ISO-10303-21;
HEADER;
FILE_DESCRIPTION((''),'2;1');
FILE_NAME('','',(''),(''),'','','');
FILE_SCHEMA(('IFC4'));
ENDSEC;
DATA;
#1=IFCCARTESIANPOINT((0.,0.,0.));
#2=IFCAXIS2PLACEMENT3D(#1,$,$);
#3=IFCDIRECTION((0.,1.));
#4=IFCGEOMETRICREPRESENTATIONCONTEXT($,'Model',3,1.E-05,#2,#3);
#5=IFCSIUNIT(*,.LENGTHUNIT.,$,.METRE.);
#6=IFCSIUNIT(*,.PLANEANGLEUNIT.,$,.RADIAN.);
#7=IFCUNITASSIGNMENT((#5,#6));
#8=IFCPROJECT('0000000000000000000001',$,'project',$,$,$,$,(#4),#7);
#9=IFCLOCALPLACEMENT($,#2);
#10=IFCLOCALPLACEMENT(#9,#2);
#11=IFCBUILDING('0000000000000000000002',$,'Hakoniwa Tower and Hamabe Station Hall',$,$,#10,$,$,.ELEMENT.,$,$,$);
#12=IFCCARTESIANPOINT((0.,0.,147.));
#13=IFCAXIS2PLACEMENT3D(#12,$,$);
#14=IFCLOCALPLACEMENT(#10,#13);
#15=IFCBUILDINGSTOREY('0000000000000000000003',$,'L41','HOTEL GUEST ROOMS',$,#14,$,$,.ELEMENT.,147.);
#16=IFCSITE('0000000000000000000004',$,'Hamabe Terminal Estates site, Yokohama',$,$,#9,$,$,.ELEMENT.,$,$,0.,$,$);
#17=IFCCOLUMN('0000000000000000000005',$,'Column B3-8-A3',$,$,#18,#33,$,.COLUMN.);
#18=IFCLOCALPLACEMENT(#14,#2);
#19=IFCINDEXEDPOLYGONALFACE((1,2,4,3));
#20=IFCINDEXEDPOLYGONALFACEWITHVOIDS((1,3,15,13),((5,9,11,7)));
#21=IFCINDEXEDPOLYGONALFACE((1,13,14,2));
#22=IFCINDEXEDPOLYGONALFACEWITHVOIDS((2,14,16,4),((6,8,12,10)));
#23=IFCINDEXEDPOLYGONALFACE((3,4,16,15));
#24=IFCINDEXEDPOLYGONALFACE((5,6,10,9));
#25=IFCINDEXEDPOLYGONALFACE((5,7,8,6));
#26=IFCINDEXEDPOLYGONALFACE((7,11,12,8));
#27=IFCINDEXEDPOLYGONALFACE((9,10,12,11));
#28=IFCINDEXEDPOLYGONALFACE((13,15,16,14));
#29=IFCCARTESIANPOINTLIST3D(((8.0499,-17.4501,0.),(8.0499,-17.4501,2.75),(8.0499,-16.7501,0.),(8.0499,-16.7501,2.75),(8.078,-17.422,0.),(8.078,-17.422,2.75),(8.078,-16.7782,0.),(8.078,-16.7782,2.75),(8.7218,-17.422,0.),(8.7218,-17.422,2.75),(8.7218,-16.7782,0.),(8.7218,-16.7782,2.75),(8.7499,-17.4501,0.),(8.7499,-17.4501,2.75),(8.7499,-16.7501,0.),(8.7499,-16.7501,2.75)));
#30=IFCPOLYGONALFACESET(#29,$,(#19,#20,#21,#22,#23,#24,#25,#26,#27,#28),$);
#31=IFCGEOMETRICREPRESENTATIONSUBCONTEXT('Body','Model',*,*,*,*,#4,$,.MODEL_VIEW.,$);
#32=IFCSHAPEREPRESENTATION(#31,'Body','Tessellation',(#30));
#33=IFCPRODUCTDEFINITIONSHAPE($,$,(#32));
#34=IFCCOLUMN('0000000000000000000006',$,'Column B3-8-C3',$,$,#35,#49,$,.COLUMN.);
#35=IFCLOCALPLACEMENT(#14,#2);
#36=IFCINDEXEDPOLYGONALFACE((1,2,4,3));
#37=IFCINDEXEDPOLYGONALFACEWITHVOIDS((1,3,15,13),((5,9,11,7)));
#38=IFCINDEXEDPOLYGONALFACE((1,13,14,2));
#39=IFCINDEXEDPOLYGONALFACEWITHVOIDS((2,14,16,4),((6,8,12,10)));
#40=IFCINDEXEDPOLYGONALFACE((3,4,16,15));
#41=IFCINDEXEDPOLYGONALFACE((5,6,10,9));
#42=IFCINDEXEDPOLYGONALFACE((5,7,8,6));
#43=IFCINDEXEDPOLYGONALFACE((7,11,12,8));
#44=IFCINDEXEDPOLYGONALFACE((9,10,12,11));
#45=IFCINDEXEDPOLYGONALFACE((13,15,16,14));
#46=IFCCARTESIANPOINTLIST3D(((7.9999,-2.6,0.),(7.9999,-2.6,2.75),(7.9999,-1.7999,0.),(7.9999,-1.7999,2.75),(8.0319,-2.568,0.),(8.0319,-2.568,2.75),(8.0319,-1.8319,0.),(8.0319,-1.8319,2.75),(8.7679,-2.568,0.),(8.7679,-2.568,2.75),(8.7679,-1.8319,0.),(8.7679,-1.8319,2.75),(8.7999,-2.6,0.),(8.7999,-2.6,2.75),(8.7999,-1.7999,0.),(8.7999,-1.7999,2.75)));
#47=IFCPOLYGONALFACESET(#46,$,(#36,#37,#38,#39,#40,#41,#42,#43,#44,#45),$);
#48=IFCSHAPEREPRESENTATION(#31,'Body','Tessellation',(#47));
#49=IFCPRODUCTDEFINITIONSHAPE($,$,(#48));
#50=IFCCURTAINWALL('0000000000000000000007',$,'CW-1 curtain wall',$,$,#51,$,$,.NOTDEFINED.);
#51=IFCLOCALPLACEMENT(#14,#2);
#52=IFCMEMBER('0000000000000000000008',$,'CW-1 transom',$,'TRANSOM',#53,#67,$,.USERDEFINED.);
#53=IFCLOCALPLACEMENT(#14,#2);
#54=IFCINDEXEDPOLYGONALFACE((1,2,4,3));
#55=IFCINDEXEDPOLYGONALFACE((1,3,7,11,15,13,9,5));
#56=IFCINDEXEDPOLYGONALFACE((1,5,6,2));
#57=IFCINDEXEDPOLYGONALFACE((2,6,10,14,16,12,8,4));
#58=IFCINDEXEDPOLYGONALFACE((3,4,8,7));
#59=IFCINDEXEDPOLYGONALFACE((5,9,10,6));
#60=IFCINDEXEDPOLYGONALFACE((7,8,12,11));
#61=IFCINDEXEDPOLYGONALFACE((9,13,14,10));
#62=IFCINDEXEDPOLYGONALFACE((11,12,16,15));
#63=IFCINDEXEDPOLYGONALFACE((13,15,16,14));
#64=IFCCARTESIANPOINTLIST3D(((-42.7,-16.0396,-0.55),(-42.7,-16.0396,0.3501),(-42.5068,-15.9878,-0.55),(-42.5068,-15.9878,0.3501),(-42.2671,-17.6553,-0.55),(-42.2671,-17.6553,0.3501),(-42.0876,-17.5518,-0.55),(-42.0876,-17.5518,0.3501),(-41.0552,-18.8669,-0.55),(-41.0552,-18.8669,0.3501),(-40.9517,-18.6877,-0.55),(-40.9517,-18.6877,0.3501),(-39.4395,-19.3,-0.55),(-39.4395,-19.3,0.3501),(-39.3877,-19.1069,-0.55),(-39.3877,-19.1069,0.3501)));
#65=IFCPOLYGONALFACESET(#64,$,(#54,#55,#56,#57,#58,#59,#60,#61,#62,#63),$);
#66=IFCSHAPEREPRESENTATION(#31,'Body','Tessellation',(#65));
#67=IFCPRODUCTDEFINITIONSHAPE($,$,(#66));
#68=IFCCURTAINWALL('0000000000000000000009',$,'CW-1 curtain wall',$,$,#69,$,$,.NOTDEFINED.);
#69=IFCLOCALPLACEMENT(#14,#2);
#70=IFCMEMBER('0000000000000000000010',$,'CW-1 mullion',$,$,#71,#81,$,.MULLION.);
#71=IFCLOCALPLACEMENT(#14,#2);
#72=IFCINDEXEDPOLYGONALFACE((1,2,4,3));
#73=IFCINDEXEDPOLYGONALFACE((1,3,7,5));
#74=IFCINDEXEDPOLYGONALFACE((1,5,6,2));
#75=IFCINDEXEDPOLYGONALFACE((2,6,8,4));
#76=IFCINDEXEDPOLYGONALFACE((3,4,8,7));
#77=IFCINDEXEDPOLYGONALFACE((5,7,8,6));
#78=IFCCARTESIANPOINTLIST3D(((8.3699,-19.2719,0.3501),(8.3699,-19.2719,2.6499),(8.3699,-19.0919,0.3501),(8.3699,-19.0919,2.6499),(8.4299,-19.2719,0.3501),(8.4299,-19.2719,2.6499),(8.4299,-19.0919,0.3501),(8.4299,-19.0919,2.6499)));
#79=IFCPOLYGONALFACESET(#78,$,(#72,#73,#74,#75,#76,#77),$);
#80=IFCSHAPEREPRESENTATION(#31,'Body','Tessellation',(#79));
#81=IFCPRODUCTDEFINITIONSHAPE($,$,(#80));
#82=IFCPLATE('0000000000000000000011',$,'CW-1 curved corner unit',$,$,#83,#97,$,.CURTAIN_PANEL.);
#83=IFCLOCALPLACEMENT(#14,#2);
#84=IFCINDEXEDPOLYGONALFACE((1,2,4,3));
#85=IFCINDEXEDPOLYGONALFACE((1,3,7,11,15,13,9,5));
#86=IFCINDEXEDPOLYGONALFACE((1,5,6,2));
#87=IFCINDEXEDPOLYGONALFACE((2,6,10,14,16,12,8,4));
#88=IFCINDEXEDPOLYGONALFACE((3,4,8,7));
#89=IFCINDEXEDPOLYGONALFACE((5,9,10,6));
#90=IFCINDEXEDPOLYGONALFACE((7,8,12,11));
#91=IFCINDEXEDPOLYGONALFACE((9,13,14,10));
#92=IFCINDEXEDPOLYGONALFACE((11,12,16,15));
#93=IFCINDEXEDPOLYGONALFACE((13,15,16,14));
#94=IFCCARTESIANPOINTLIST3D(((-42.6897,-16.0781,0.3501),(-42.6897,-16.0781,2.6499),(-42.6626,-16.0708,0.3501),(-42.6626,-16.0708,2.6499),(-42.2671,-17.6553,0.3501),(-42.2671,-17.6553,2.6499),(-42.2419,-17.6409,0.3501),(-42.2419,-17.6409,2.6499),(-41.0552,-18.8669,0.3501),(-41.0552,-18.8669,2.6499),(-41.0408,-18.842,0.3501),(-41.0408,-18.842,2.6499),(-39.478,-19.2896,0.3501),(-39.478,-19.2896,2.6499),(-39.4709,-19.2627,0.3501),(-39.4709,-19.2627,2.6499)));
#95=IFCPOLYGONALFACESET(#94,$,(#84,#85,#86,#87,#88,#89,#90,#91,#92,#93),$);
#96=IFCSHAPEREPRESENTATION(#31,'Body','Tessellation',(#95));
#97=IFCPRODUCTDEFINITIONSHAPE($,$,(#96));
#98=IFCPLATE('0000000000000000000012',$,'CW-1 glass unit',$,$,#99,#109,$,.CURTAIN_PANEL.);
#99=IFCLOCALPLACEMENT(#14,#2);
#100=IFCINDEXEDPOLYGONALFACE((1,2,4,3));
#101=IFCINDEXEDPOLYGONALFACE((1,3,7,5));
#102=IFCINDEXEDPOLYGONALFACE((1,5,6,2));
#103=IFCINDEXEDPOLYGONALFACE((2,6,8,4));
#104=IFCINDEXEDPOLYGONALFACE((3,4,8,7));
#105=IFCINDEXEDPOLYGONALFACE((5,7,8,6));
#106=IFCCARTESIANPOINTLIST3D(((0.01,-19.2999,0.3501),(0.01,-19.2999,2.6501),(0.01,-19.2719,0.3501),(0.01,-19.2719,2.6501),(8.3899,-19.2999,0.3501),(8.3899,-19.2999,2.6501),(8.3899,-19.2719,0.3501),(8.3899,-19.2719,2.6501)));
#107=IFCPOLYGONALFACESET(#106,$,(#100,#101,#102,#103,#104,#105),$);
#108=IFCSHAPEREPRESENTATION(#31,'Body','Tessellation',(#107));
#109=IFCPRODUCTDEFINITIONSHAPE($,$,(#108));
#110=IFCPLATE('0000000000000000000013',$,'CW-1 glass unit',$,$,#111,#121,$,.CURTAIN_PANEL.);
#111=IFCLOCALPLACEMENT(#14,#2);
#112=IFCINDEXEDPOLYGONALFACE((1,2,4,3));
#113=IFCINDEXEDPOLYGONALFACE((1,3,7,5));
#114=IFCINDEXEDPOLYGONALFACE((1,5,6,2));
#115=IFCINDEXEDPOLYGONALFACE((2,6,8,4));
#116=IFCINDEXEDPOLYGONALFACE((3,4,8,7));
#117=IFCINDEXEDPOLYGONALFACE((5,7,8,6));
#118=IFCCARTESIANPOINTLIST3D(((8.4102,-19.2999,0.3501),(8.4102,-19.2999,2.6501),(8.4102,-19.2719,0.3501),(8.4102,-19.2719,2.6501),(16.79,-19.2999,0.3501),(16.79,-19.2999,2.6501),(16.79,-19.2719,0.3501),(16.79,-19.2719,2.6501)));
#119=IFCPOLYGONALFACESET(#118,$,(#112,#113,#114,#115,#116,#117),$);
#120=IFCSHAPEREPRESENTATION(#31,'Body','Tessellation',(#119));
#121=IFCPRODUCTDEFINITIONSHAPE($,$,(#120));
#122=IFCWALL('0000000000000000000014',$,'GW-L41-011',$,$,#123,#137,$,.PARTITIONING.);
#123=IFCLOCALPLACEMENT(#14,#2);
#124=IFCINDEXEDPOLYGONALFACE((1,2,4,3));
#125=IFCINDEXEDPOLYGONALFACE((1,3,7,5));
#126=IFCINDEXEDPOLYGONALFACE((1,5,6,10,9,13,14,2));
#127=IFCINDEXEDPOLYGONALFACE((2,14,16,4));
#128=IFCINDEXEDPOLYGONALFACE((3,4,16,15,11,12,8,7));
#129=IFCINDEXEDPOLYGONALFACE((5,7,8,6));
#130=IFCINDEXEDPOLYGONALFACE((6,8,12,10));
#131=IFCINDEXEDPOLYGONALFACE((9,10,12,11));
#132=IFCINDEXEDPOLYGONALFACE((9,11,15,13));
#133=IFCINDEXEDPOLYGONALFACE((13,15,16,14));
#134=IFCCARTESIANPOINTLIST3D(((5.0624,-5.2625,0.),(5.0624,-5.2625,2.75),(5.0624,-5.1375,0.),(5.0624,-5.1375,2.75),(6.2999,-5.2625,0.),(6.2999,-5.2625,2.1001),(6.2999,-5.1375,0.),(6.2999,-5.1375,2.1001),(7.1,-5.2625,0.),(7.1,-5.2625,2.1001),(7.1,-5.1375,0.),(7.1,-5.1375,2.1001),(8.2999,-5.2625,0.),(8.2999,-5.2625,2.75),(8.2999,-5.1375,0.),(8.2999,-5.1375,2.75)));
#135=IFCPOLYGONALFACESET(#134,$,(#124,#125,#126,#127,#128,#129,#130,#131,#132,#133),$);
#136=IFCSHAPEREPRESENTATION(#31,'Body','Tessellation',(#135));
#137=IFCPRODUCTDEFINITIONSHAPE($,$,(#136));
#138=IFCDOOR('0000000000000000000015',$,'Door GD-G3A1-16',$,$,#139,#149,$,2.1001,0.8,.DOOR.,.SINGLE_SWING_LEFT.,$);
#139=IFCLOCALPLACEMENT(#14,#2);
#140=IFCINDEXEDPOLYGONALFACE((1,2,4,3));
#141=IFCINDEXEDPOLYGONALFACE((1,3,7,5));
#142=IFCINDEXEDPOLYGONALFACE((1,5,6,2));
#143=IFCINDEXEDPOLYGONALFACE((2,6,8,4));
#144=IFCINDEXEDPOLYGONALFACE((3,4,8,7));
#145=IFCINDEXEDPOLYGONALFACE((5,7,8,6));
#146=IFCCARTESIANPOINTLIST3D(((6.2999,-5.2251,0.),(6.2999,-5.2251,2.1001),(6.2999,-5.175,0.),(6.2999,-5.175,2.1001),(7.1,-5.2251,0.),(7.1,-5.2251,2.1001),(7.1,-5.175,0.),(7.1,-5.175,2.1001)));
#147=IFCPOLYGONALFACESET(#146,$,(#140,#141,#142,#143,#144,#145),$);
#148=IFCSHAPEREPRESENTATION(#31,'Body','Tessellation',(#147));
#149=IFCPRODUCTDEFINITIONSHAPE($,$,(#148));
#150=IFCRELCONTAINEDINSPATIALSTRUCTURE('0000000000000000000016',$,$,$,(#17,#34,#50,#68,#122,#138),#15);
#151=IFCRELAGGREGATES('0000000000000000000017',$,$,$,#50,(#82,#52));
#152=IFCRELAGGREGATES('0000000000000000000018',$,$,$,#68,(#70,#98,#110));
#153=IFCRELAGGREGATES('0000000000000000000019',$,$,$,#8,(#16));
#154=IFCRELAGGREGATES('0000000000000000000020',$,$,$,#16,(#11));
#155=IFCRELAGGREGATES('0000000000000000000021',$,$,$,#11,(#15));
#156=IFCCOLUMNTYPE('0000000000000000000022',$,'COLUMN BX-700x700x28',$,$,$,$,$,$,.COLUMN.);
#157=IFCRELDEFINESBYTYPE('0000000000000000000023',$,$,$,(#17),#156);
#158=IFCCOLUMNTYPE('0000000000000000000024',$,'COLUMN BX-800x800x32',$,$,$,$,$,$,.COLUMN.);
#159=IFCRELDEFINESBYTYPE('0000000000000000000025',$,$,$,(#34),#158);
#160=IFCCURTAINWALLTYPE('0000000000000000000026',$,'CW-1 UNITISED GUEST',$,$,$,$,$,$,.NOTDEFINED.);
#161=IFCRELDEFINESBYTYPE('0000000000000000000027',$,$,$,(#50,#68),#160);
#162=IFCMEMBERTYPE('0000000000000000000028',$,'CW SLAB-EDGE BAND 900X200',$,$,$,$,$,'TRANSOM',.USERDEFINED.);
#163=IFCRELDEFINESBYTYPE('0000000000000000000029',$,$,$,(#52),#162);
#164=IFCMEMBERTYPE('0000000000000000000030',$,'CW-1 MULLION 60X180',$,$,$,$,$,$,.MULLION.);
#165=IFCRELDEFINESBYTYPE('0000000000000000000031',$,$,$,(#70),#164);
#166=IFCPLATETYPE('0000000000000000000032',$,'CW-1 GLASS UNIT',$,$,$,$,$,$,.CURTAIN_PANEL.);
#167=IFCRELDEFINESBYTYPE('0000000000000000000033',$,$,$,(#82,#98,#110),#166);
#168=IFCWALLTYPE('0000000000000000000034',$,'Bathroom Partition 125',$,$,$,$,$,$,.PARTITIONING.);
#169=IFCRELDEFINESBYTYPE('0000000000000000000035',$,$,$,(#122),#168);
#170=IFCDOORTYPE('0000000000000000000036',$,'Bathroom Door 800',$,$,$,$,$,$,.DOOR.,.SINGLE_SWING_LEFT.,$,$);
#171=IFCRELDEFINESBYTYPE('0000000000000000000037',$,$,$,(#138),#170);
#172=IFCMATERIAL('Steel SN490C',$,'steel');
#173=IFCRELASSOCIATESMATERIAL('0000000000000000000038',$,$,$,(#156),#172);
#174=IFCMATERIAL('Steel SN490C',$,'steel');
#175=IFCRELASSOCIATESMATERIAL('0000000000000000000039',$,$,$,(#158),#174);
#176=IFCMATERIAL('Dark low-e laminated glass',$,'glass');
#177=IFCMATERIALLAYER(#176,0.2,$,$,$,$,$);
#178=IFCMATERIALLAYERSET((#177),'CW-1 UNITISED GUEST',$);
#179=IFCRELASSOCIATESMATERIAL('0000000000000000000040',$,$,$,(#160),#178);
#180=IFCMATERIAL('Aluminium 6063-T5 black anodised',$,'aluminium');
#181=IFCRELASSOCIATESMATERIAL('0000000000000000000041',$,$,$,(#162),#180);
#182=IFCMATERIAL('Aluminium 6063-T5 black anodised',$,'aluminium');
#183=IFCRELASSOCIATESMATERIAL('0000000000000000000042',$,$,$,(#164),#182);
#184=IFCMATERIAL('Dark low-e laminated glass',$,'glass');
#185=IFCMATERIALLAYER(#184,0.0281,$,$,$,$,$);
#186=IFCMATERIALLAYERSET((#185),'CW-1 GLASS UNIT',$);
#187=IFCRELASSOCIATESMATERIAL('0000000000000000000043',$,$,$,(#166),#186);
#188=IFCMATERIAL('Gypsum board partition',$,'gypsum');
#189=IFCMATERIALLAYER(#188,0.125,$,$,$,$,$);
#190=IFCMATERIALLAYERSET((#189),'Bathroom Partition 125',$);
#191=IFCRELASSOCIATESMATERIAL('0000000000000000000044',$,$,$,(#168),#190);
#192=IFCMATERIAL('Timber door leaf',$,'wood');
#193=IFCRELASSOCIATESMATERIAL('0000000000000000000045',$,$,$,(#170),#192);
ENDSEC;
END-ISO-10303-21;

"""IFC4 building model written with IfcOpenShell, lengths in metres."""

from ifc_helpers import new_model, si_unit, direction, frame, frame_2d, origin, origin_2d, place, context, subcontext, project, spatial, polyline, rectangle, hollow_rectangle, outline, extrude, material, layer, layer_set, material_profile, profile_set, type_object, element, fill, aggregate, save


model = new_model("IFC4")

# Units and contexts
model_context = context("Model", 3, precision=1e-05, world=origin(), true_north=direction((0.0, 1.0)))
body_context = subcontext(model_context, "Body", "Model", "MODEL_VIEW")
ifc_project = project(units=[si_unit("LENGTHUNIT", "METRE"), si_unit("PLANEANGLEUNIT", "RADIAN")], contexts=[model_context])

# Site, building, storey
site_placement = place(None, origin())
site = spatial("IfcSite", under=ifc_project, at=site_placement, Name="Hamabe Terminal Estates site, Yokohama", CompositionType="ELEMENT", RefElevation=0.0)
building_placement = place(site_placement, origin())
building = spatial("IfcBuilding", under=site, at=building_placement, Name="Hakoniwa Tower and Hamabe Station Hall", CompositionType="ELEMENT")
storey_placement = place(building_placement, frame((0.0, 0.0, 147.0)))
storey = spatial("IfcBuildingStorey", under=building, at=storey_placement, Name="L41", Description="HOTEL GUEST ROOMS", CompositionType="ELEMENT", Elevation=147.0)

# Columns
ifc_material_1 = material(Name="Steel SN490C", Category="steel")
ifc_material_profile_1 = material_profile(ifc_material_1, hollow_rectangle(XDim=0.7, YDim=0.7, WallThickness=0.0281, at=origin_2d()), Name="BX-700x700x28")
ifc_profile_set_1 = profile_set([ifc_material_profile_1], Name="Steel SN490C")
column_type_1 = type_object("IfcColumnType", Name="COLUMN BX-700x700x28", PredefinedType="COLUMN", material=ifc_profile_set_1)
column_1_placement = place(storey_placement, frame((8.3999, -17.1001, 0.0), z_axis=(0.0, 0.0, 1.0), x_axis=(1.0, 0.0, 0.0)))
element("IfcColumn", 1, at=column_1_placement, inside=storey, type_object=column_type_1, Name="Column B3-8-A3", PredefinedType="COLUMN", context=body_context, shape_type="SweptSolid", body=[
    extrude(hollow_rectangle(XDim=0.7, YDim=0.7, WallThickness=0.0281, at=origin_2d()), origin(), (0.0, 0.0, 1.0), 2.75),
])
ifc_material_2 = material(Name="Steel SN490C", Category="steel")
ifc_material_profile_2 = material_profile(ifc_material_2, hollow_rectangle(XDim=0.8, YDim=0.8, WallThickness=0.032, at=origin_2d()), Name="BX-800x800x32")
ifc_profile_set_2 = profile_set([ifc_material_profile_2], Name="Steel SN490C")
column_type_2 = type_object("IfcColumnType", Name="COLUMN BX-800x800x32", PredefinedType="COLUMN", material=ifc_profile_set_2)
column_2_placement = place(storey_placement, frame((8.3999, -2.2, 0.0), z_axis=(0.0, 0.0, 1.0), x_axis=(1.0, 0.0, 0.0)))
element("IfcColumn", 2, at=column_2_placement, inside=storey, type_object=column_type_2, Name="Column B3-8-C3", PredefinedType="COLUMN", context=body_context, shape_type="SweptSolid", body=[
    extrude(hollow_rectangle(XDim=0.8, YDim=0.8, WallThickness=0.032, at=origin_2d()), origin(), (0.0, 0.0, 1.0), 2.75),
])

# Curtain walls, members
ifc_material_3 = material(Name="Dark low-e laminated glass", Category="glass")
ifc_layer_1 = layer(ifc_material_3, 0.2)
ifc_layer_set_1 = layer_set([ifc_layer_1], Name="CW-1 UNITISED GUEST")
curtain_wall_type = type_object("IfcCurtainWallType", Name="CW-1 UNITISED GUEST", PredefinedType="NOTDEFINED", material=ifc_layer_set_1)
curtain_wall_1_placement = place(storey_placement, origin())
curtain_wall_1 = element("IfcCurtainWall", 3, at=curtain_wall_1_placement, inside=storey, type_object=curtain_wall_type, Name="CW-1 curtain wall", PredefinedType="NOTDEFINED")
ifc_material_4 = material(Name="Aluminium 6063-T5 black anodised", Category="aluminium")
ifc_material_profile_3 = material_profile(ifc_material_4, rectangle(XDim=0.2, YDim=0.8999, at=origin_2d()), Name="CW SLAB-EDGE BAND 900X200")
ifc_profile_set_3 = profile_set([ifc_material_profile_3], Name="Aluminium 6063-T5 black anodised")
member_type_1 = type_object("IfcMemberType", Name="CW SLAB-EDGE BAND 900X200", ElementType="TRANSOM", PredefinedType="USERDEFINED", material=ifc_profile_set_3)
member_1_placement = place(storey_placement, frame((0.0, 0.0, -0.55)))
member_1 = element("IfcMember", 4, at=member_1_placement, type_object=member_type_1, Name="CW-1 transom", ObjectType="TRANSOM", PredefinedType="USERDEFINED", context=body_context, shape_type="SweptSolid", body=[
    extrude(outline(polyline([(-42.7, -16.0396), (-42.2671, -17.6553), (-41.0552, -18.8669), (-39.4395, -19.3), (-39.3877, -19.1069), (-40.9517, -18.6877), (-42.0876, -17.5518), (-42.5068, -15.9878), (-42.7, -16.0396)])), origin(), (0.0, 0.0, 1.0), 0.9001),
])
curtain_wall_2_placement = place(storey_placement, origin())
curtain_wall_2 = element("IfcCurtainWall", 5, at=curtain_wall_2_placement, inside=storey, type_object=curtain_wall_type, Name="CW-1 curtain wall", PredefinedType="NOTDEFINED")
ifc_material_5 = material(Name="Aluminium 6063-T5 black anodised", Category="aluminium")
ifc_material_profile_4 = material_profile(ifc_material_5, rectangle(XDim=0.0601, YDim=0.1799, at=origin_2d()), Name="CW-1 MULLION 60X180")
ifc_profile_set_4 = profile_set([ifc_material_profile_4], Name="Aluminium 6063-T5 black anodised")
member_type_2 = type_object("IfcMemberType", Name="CW-1 MULLION 60X180", PredefinedType="MULLION", material=ifc_profile_set_4)
member_2_placement = place(storey_placement, frame((8.3999, -19.1819, 0.3501), z_axis=(0.0, 0.0, 1.0), x_axis=(1.0, 0.0, 0.0)))
member_2 = element("IfcMember", 6, at=member_2_placement, type_object=member_type_2, Name="CW-1 mullion", PredefinedType="MULLION", context=body_context, shape_type="SweptSolid", body=[
    extrude(rectangle(XDim=0.0601, YDim=0.1799, at=origin_2d()), origin(), (0.0, 0.0, 1.0), 2.2998),
])

# Plates
ifc_material_6 = material(Name="Dark low-e laminated glass", Category="glass")
ifc_layer_2 = layer(ifc_material_6, 0.0281)
ifc_layer_set_2 = layer_set([ifc_layer_2], Name="CW-1 GLASS UNIT")
plate_type = type_object("IfcPlateType", Name="CW-1 GLASS UNIT", PredefinedType="CURTAIN_PANEL", material=ifc_layer_set_2)
plate_1_placement = place(storey_placement, frame((0.0, 0.0, 0.3501)))
plate_1 = element("IfcPlate", 7, at=plate_1_placement, type_object=plate_type, Name="CW-1 curved corner unit", PredefinedType="CURTAIN_PANEL", context=body_context, shape_type="SweptSolid", body=[
    extrude(outline(polyline([(-42.6897, -16.0781), (-42.2671, -17.6553), (-41.0552, -18.8669), (-39.478, -19.2896), (-39.4709, -19.2627), (-41.0408, -18.842), (-42.2419, -17.6409), (-42.6626, -16.0708), (-42.6897, -16.0781)])), origin(), (0.0, 0.0, 1.0), 2.2998),
])
aggregate(curtain_wall_1, [plate_1, member_1])
plate_2_placement = place(storey_placement, frame((4.2, -19.2859, 0.3501), z_axis=(0.0, 0.0, 1.0), x_axis=(1.0, 0.0, 0.0)))
plate_2 = element("IfcPlate", 8, at=plate_2_placement, type_object=plate_type, Name="CW-1 glass unit", PredefinedType="CURTAIN_PANEL", context=body_context, shape_type="SweptSolid", body=[
    extrude(rectangle(XDim=8.3799, YDim=0.0281, at=origin_2d()), origin(), (0.0, 0.0, 1.0), 2.3),
])
plate_3_placement = place(storey_placement, frame((12.6001, -19.2859, 0.3501), z_axis=(0.0, 0.0, 1.0), x_axis=(1.0, 0.0, 0.0)))
plate_3 = element("IfcPlate", 9, at=plate_3_placement, type_object=plate_type, Name="CW-1 glass unit", PredefinedType="CURTAIN_PANEL", context=body_context, shape_type="SweptSolid", body=[
    extrude(rectangle(XDim=8.3799, YDim=0.0281, at=origin_2d()), origin(), (0.0, 0.0, 1.0), 2.3),
])
aggregate(curtain_wall_2, [member_2, plate_2, plate_3])

# Wall, opening, door
ifc_material_7 = material(Name="Gypsum board partition", Category="gypsum")
ifc_layer_3 = layer(ifc_material_7, 0.125)
ifc_layer_set_3 = layer_set([ifc_layer_3], Name="Bathroom Partition 125")
wall_type_1 = type_object("IfcWallType", Name="Bathroom Partition 125", PredefinedType="PARTITIONING", material=ifc_layer_set_3)
wall_1_placement = place(storey_placement, frame((5.0625, -5.2, 0.0), z_axis=(0.0, 0.0, 1.0), x_axis=(1.0, 0.0, 0.0)))
wall_1 = element("IfcWall", 10, at=wall_1_placement, inside=storey, type_object=wall_type_1, Name="GW-L41-011", PredefinedType="PARTITIONING", context=body_context, shape_type="SweptSolid", body=[
    extrude(rectangle(XDim=3.2375, YDim=0.125, at=frame_2d((1.6187, 0.0))), origin(), (0.0, 0.0, 1.0), 2.75),
])
opening_1_placement = place(wall_1_placement, frame((1.2375, 0.0, 0.0)))
opening_1 = element("IfcOpeningElement", 11, at=opening_1_placement, cuts=wall_1, PredefinedType="OPENING", context=body_context, shape_type="SweptSolid", body=[
    extrude(rectangle(XDim=0.8, YDim=2.1001, at=frame_2d((0.3999, 1.05))), frame((0.0, 0.0725, 0.0), z_axis=(0.0, -1.0, 0.0), x_axis=(1.0, 0.0, 0.0)), (0.0, 0.0, 1.0), 0.145),
])
ifc_material_8 = material(Name="Timber door leaf", Category="wood")
door_type = type_object("IfcDoorType", Name="Bathroom Door 800", OperationType="SINGLE_SWING_LEFT", PredefinedType="DOOR", material=ifc_material_8)
door_1_placement = place(opening_1_placement, origin())
door_1 = element("IfcDoor", 12, at=door_1_placement, inside=storey, type_object=door_type, Name="Door GD-G3A1-16", OperationType="SINGLE_SWING_LEFT", OverallHeight=2.1001, OverallWidth=0.8, PredefinedType="DOOR", context=body_context, shape_type="SweptSolid", body=[
    extrude(rectangle(XDim=0.8, YDim=2.1001, at=frame_2d((0.3999, 1.05))), frame((0.0, 0.0249, 0.0), z_axis=(0.0, -1.0, 0.0), x_axis=(1.0, 0.0, 0.0)), (0.0, 0.0, 1.0), 0.05),
])
fill(opening_1, door_1)

save(model, "model.ifc")
